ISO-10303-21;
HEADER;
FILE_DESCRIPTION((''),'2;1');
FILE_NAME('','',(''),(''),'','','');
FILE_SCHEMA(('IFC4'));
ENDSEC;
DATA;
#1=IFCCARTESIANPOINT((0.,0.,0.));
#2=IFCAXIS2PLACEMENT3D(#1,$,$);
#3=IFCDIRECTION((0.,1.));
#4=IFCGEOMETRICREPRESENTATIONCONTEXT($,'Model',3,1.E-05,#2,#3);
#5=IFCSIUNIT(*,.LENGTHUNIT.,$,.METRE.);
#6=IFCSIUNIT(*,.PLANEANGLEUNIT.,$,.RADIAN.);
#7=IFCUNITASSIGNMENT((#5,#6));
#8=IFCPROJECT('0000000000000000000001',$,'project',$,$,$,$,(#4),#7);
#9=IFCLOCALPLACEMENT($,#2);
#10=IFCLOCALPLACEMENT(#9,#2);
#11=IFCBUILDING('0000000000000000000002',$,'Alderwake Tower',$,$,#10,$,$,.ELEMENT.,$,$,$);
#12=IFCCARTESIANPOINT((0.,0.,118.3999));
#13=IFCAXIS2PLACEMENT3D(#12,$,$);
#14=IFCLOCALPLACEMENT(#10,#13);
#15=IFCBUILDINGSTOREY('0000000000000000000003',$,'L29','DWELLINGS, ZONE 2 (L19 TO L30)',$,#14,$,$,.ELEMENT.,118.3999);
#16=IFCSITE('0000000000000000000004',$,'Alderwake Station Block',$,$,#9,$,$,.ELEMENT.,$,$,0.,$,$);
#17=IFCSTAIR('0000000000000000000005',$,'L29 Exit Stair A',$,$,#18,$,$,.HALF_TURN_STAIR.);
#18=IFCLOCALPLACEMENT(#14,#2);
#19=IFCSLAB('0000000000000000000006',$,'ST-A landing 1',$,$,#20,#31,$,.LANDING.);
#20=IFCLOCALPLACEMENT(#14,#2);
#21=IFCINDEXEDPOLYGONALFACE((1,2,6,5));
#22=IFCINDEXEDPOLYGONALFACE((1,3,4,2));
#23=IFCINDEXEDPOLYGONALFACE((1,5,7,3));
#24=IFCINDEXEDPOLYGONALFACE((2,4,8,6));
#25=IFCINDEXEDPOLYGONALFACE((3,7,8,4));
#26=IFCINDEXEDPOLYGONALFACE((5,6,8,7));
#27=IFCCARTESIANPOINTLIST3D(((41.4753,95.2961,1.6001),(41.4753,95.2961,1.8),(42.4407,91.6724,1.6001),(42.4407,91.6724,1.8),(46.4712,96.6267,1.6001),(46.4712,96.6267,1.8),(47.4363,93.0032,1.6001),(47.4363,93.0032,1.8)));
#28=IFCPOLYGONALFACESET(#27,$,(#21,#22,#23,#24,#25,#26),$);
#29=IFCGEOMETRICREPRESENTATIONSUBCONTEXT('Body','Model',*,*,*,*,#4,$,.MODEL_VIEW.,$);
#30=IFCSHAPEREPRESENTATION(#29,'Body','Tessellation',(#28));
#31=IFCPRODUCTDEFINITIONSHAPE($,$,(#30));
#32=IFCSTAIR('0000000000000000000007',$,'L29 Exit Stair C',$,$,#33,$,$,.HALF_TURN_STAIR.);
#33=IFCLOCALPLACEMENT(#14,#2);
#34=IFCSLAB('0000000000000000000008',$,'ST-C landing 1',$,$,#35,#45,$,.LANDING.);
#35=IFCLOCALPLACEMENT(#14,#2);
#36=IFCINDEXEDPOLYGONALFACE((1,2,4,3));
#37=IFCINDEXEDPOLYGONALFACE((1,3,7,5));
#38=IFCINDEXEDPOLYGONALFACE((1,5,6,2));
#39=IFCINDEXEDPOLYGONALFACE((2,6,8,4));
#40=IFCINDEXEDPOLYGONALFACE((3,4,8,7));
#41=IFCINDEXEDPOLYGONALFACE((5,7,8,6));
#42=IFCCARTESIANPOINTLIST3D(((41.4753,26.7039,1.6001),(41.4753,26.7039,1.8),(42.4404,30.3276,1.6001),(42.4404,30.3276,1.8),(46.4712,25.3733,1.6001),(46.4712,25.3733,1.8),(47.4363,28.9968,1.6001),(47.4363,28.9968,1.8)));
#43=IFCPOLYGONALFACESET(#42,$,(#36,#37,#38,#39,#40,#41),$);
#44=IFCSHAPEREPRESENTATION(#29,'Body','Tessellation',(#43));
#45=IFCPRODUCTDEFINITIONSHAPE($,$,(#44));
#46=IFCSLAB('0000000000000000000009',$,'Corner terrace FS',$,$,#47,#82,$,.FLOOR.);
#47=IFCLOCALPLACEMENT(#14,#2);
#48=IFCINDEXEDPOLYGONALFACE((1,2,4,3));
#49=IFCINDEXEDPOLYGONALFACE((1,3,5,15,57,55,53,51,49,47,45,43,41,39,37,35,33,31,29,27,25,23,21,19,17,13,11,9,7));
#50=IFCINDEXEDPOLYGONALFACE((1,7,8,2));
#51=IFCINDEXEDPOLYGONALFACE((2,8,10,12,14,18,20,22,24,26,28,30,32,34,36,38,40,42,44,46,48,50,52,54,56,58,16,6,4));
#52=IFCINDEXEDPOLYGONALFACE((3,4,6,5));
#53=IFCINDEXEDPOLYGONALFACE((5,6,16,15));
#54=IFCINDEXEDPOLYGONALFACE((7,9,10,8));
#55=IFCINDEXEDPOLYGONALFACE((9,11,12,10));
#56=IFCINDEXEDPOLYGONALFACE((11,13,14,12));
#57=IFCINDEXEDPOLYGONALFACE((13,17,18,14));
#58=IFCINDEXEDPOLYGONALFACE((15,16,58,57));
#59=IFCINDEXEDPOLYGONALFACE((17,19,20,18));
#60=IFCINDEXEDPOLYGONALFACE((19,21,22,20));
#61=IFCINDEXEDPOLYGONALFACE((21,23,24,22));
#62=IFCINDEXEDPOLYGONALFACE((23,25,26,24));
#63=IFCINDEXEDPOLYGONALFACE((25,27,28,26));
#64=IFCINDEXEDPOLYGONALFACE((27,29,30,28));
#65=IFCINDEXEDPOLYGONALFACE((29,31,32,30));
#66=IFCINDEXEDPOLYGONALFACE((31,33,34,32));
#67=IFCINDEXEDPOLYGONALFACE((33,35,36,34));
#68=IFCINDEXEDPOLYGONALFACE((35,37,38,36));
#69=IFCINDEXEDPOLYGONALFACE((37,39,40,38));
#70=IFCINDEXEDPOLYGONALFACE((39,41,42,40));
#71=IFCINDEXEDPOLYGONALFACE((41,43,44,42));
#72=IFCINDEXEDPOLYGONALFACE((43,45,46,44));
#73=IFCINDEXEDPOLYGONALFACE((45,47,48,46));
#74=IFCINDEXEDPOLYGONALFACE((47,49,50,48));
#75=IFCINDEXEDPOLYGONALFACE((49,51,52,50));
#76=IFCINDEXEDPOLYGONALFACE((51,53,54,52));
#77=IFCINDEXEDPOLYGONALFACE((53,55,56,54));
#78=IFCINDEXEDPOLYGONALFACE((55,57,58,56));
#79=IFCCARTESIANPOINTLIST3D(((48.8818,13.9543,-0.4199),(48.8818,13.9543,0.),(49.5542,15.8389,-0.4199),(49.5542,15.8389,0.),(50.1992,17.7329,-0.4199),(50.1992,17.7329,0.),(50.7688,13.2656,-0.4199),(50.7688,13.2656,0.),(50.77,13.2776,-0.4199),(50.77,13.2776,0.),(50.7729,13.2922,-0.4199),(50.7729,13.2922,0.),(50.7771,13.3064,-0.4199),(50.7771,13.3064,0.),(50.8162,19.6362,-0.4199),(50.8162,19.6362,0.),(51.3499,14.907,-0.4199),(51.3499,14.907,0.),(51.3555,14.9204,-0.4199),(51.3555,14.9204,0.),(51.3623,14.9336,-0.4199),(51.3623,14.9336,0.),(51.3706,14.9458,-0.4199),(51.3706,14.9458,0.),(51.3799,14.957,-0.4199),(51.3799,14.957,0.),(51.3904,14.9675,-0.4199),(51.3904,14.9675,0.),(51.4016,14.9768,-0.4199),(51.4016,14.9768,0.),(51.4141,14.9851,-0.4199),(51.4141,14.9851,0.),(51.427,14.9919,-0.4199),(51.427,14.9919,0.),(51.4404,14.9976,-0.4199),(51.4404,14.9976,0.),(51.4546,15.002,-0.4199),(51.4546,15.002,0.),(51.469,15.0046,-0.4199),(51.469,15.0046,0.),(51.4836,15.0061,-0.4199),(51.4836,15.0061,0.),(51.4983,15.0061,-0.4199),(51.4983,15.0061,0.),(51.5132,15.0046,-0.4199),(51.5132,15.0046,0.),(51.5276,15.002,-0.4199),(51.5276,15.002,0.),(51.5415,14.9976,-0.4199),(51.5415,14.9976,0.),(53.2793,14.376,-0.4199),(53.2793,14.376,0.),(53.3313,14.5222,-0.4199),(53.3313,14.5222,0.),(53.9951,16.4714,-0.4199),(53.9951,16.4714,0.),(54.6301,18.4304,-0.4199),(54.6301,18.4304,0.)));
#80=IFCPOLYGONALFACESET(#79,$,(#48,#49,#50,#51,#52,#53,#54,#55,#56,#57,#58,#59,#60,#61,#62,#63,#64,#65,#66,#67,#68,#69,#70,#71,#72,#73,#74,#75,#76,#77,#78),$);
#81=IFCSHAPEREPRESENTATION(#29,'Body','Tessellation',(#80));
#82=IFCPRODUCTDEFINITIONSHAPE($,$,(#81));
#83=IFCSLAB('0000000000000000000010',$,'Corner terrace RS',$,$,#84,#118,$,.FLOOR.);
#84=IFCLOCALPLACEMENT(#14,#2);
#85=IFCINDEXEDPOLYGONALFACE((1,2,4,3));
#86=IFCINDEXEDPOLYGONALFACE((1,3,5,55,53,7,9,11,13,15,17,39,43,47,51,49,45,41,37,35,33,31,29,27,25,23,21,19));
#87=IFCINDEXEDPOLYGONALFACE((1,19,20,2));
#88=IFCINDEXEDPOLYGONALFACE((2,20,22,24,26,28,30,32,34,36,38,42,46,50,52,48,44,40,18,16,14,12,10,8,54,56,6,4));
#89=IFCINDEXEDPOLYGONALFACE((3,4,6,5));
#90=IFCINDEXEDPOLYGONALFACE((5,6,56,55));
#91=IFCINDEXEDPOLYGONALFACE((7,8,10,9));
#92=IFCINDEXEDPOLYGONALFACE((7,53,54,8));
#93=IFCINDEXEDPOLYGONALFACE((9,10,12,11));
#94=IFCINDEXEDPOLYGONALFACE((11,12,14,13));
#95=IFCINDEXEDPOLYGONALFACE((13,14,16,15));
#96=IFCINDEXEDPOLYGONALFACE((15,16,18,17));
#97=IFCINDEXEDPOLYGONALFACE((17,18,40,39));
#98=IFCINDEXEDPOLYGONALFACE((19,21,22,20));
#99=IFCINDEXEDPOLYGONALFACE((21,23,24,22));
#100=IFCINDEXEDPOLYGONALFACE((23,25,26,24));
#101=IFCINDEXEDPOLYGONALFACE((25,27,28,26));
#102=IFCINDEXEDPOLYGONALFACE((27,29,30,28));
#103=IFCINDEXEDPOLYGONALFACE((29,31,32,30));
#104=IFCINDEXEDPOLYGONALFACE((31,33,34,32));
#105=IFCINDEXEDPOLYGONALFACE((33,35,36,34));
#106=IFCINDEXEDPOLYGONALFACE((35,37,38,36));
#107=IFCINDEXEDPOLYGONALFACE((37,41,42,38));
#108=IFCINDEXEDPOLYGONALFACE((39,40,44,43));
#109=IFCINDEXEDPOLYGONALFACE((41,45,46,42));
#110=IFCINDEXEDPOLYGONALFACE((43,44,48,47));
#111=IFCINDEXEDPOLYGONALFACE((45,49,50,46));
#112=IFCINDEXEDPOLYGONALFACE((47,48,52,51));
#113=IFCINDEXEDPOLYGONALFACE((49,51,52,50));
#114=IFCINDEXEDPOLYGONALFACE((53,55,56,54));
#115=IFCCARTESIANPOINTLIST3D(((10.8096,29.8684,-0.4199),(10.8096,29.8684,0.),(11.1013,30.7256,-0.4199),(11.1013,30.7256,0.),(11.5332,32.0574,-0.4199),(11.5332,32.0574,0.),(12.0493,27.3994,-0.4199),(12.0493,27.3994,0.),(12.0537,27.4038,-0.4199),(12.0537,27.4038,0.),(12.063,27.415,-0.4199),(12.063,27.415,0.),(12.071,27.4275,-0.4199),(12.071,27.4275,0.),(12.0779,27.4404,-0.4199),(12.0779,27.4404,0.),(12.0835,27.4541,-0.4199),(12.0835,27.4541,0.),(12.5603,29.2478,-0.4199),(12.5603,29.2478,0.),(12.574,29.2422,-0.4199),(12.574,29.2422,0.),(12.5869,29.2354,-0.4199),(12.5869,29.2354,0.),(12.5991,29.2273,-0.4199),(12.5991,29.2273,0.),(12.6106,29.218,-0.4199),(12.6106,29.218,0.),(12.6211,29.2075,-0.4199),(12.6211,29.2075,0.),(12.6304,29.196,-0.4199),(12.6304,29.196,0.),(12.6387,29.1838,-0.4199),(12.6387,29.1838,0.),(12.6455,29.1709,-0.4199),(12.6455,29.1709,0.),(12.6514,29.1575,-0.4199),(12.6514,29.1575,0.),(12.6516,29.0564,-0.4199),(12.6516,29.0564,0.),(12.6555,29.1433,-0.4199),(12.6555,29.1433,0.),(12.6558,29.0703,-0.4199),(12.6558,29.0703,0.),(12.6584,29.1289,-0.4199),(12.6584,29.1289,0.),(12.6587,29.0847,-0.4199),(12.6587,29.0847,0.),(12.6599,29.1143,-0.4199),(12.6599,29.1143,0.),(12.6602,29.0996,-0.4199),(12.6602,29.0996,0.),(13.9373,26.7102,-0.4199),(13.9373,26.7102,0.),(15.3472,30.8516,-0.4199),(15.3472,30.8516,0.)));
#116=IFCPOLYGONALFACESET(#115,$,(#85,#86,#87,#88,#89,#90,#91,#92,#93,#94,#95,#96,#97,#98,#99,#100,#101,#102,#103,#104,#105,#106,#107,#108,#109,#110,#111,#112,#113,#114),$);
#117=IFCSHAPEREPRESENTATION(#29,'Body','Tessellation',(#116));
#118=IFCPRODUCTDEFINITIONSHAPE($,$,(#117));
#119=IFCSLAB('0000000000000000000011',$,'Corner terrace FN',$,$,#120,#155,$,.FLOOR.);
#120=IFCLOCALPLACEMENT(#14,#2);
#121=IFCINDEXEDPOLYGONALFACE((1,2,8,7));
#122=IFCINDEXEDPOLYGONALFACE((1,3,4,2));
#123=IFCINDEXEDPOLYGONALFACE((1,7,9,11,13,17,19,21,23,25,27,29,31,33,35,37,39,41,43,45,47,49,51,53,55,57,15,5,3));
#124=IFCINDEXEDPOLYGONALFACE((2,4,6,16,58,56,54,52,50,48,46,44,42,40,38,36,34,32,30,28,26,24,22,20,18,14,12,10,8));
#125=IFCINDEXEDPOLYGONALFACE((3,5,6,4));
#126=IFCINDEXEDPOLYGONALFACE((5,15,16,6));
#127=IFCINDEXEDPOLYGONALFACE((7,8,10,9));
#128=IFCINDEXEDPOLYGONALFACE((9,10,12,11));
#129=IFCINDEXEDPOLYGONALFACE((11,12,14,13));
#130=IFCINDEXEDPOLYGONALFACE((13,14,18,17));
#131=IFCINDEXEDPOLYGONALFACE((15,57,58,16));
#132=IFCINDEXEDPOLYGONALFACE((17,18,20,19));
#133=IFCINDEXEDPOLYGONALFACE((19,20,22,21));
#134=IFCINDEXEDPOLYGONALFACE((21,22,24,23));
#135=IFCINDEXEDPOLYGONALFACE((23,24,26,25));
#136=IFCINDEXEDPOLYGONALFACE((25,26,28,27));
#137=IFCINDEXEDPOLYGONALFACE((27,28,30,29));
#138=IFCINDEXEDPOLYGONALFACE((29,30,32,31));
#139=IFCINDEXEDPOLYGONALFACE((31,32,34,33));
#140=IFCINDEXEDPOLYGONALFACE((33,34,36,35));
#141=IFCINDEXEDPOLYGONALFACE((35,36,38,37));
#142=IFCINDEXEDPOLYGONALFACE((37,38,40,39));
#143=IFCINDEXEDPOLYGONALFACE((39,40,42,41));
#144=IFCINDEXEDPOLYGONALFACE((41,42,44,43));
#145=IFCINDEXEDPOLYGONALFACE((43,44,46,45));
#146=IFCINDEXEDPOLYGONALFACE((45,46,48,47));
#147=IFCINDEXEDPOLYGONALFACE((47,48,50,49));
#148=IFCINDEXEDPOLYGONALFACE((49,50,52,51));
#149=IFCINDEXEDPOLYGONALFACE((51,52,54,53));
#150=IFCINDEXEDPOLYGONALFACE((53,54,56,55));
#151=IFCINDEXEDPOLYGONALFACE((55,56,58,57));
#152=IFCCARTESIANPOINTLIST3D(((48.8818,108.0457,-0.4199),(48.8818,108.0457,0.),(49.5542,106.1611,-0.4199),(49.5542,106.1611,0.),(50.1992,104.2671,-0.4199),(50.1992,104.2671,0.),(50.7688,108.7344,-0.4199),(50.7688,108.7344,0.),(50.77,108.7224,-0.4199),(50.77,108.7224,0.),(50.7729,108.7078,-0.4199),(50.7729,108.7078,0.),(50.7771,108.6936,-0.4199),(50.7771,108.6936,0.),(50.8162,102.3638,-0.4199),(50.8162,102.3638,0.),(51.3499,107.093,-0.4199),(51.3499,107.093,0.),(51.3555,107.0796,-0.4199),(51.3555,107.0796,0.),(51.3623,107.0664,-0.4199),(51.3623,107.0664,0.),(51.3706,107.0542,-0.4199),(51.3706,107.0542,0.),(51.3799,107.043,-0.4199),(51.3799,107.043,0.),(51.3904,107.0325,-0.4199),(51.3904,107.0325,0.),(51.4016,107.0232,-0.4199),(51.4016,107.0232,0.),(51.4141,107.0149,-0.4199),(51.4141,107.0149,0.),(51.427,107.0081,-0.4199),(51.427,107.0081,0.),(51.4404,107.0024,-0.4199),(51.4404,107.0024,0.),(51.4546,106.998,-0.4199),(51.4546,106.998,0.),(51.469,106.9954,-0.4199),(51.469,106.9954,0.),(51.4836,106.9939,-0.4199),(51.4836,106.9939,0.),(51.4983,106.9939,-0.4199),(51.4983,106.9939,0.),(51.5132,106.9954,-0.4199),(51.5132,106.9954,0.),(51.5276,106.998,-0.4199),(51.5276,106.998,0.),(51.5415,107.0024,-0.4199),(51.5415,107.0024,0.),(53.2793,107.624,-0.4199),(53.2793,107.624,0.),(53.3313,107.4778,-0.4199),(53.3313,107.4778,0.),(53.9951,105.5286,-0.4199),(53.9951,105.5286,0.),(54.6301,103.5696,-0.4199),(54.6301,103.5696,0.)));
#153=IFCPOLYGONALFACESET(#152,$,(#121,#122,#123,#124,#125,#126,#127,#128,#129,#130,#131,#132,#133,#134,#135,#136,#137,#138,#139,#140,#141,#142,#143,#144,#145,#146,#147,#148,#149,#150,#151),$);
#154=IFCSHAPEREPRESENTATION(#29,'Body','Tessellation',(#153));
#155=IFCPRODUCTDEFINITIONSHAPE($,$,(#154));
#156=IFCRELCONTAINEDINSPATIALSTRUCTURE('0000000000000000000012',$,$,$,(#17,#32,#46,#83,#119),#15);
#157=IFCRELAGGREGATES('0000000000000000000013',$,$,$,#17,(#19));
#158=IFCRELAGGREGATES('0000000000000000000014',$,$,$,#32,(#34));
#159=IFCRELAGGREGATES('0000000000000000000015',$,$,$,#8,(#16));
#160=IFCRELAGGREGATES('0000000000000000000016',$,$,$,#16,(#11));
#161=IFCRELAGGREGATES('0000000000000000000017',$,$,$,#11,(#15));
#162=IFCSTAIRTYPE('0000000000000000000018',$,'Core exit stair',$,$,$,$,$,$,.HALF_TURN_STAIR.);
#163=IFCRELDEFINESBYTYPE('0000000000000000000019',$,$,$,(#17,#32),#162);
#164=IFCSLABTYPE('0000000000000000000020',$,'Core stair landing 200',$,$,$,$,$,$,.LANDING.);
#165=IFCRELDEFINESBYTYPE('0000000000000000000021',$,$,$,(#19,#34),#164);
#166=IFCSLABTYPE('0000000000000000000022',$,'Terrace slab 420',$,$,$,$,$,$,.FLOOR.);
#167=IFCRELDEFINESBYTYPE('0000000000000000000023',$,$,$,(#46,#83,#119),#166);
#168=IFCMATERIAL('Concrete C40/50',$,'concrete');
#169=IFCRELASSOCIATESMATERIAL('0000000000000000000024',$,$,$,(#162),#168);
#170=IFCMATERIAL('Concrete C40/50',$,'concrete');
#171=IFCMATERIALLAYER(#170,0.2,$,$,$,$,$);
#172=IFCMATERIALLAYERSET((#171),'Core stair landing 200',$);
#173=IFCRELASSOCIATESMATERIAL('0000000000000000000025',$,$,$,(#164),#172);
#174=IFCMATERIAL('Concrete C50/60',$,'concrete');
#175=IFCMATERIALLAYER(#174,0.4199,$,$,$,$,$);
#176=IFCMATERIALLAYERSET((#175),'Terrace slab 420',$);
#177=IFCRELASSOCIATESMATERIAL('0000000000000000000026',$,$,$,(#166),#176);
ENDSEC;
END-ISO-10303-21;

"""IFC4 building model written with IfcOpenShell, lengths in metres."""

from ifc_helpers import new_model, si_unit, direction, frame, origin, place, context, subcontext, project, spatial, polyline, outline, extrude, material, layer, layer_set, type_object, element, aggregate, save


model = new_model("IFC4")

# Units and contexts
model_context = context("Model", 3, precision=1e-05, world=origin(), true_north=direction((0.0, 1.0)))
body_context = subcontext(model_context, "Body", "Model", "MODEL_VIEW")
ifc_project = project(units=[si_unit("LENGTHUNIT", "METRE"), si_unit("PLANEANGLEUNIT", "RADIAN")], contexts=[model_context])

# Site, building, storey
site_placement = place(None, origin())
site = spatial("IfcSite", under=ifc_project, at=site_placement, Name="Alderwake Station Block", CompositionType="ELEMENT", RefElevation=0.0)
building_placement = place(site_placement, origin())
building = spatial("IfcBuilding", under=site, at=building_placement, Name="Alderwake Tower", CompositionType="ELEMENT")
storey_placement = place(building_placement, frame((0.0, 0.0, 118.3999)))
storey = spatial("IfcBuildingStorey", under=building, at=storey_placement, Name="L29", Description="DWELLINGS, ZONE 2 (L19 TO L30)", CompositionType="ELEMENT", Elevation=118.3999)

# Stairs, slabs
ifc_material_1 = material(Name="Concrete C40/50", Category="concrete")
stair_type = type_object("IfcStairType", Name="Core exit stair", PredefinedType="HALF_TURN_STAIR", material=ifc_material_1)
ifc_material_2 = material(Name="Concrete C40/50", Category="concrete")
ifc_layer_1 = layer(ifc_material_2, 0.2)
ifc_layer_set_1 = layer_set([ifc_layer_1], Name="Core stair landing 200")
slab_type_1 = type_object("IfcSlabType", Name="Core stair landing 200", PredefinedType="LANDING", material=ifc_layer_set_1)
stair_1_placement = place(storey_placement, origin())
stair_1 = element("IfcStair", 1, at=stair_1_placement, inside=storey, type_object=stair_type, Name="L29 Exit Stair A", PredefinedType="HALF_TURN_STAIR")
slab_1_placement = place(storey_placement, frame((0.0, 0.0, 1.6001)))
slab_1 = element("IfcSlab", 2, at=slab_1_placement, type_object=slab_type_1, Name="ST-A landing 1", PredefinedType="LANDING", context=body_context, shape_type="SweptSolid", body=[
    extrude(outline(polyline([(42.4407, 91.6724), (47.4363, 93.0032), (46.4712, 96.6267), (41.4753, 95.2961), (42.4407, 91.6724)])), origin(), (0.0, 0.0, 1.0), 0.2),
])
aggregate(stair_1, [slab_1])
stair_2_placement = place(storey_placement, origin())
stair_2 = element("IfcStair", 3, at=stair_2_placement, inside=storey, type_object=stair_type, Name="L29 Exit Stair C", PredefinedType="HALF_TURN_STAIR")
slab_2_placement = place(storey_placement, frame((0.0, 0.0, 1.6001)))
slab_2 = element("IfcSlab", 4, at=slab_2_placement, type_object=slab_type_1, Name="ST-C landing 1", PredefinedType="LANDING", context=body_context, shape_type="SweptSolid", body=[
    extrude(outline(polyline([(41.4753, 26.7039), (46.4712, 25.3733), (47.4363, 28.9968), (42.4404, 30.3276), (41.4753, 26.7039)])), origin(), (0.0, 0.0, 1.0), 0.2),
])
aggregate(stair_2, [slab_2])

# Slabs
ifc_material_3 = material(Name="Concrete C50/60", Category="concrete")
ifc_layer_2 = layer(ifc_material_3, 0.4199)
ifc_layer_set_2 = layer_set([ifc_layer_2], Name="Terrace slab 420")
slab_type_2 = type_object("IfcSlabType", Name="Terrace slab 420", PredefinedType="FLOOR", material=ifc_layer_set_2)
slab_3_placement = place(storey_placement, frame((0.0, 0.0, -0.4199)))
element("IfcSlab", 5, at=slab_3_placement, inside=storey, type_object=slab_type_2, Name="Corner terrace FS", PredefinedType="FLOOR", context=body_context, shape_type="SweptSolid", body=[
    extrude(outline(polyline([(53.3313, 14.5222), (53.2793, 14.376), (51.5415, 14.9976), (51.5276, 15.002), (51.5132, 15.0046), (51.4983, 15.0061), (51.4836, 15.0061), (51.469, 15.0046), (51.4546, 15.002), (51.4404, 14.9976), (51.427, 14.9919), (51.4141, 14.9851), (51.4016, 14.9768), (51.3904, 14.9675), (51.3799, 14.957), (51.3706, 14.9458), (51.3623, 14.9336), (51.3555, 14.9204), (51.3499, 14.907), (50.7771, 13.3064), (50.7729, 13.2922), (50.77, 13.2776), (50.7688, 13.2656), (48.8818, 13.9543), (49.5542, 15.8389), (50.1992, 17.7329), (50.8162, 19.6362), (54.6301, 18.4304), (53.9951, 16.4714), (53.3313, 14.5222)])), origin(), (0.0, 0.0, 1.0), 0.4199),
])
slab_4_placement = place(storey_placement, frame((0.0, 0.0, -0.4199)))
element("IfcSlab", 6, at=slab_4_placement, inside=storey, type_object=slab_type_2, Name="Corner terrace RS", PredefinedType="FLOOR", context=body_context, shape_type="SweptSolid", body=[
    extrude(outline(polyline([(13.9373, 26.7102), (12.0493, 27.3994), (12.0537, 27.4038), (12.063, 27.415), (12.071, 27.4275), (12.0779, 27.4404), (12.0835, 27.4541), (12.6516, 29.0564), (12.6558, 29.0703), (12.6587, 29.0847), (12.6602, 29.0996), (12.6599, 29.1143), (12.6584, 29.1289), (12.6555, 29.1433), (12.6514, 29.1575), (12.6455, 29.1709), (12.6387, 29.1838), (12.6304, 29.196), (12.6211, 29.2075), (12.6106, 29.218), (12.5991, 29.2273), (12.5869, 29.2354), (12.574, 29.2422), (12.5603, 29.2478), (10.8096, 29.8684), (11.1013, 30.7256), (11.5332, 32.0574), (15.3472, 30.8516), (13.9373, 26.7102)])), origin(), (0.0, 0.0, 1.0), 0.4199),
])
slab_5_placement = place(storey_placement, frame((0.0, 0.0, -0.4199)))
element("IfcSlab", 7, at=slab_5_placement, inside=storey, type_object=slab_type_2, Name="Corner terrace FN", PredefinedType="FLOOR", context=body_context, shape_type="SweptSolid", body=[
    extrude(outline(polyline([(53.3313, 107.4778), (53.9951, 105.5286), (54.6301, 103.5696), (50.8162, 102.3638), (50.1992, 104.2671), (49.5542, 106.1611), (48.8818, 108.0457), (50.7688, 108.7344), (50.77, 108.7224), (50.7729, 108.7078), (50.7771, 108.6936), (51.3499, 107.093), (51.3555, 107.0796), (51.3623, 107.0664), (51.3706, 107.0542), (51.3799, 107.043), (51.3904, 107.0325), (51.4016, 107.0232), (51.4141, 107.0149), (51.427, 107.0081), (51.4404, 107.0024), (51.4546, 106.998), (51.469, 106.9954), (51.4836, 106.9939), (51.4983, 106.9939), (51.5132, 106.9954), (51.5276, 106.998), (51.5415, 107.0024), (53.2793, 107.624), (53.3313, 107.4778)])), origin(), (0.0, 0.0, 1.0), 0.4199),
])

save(model, "model.ifc")
